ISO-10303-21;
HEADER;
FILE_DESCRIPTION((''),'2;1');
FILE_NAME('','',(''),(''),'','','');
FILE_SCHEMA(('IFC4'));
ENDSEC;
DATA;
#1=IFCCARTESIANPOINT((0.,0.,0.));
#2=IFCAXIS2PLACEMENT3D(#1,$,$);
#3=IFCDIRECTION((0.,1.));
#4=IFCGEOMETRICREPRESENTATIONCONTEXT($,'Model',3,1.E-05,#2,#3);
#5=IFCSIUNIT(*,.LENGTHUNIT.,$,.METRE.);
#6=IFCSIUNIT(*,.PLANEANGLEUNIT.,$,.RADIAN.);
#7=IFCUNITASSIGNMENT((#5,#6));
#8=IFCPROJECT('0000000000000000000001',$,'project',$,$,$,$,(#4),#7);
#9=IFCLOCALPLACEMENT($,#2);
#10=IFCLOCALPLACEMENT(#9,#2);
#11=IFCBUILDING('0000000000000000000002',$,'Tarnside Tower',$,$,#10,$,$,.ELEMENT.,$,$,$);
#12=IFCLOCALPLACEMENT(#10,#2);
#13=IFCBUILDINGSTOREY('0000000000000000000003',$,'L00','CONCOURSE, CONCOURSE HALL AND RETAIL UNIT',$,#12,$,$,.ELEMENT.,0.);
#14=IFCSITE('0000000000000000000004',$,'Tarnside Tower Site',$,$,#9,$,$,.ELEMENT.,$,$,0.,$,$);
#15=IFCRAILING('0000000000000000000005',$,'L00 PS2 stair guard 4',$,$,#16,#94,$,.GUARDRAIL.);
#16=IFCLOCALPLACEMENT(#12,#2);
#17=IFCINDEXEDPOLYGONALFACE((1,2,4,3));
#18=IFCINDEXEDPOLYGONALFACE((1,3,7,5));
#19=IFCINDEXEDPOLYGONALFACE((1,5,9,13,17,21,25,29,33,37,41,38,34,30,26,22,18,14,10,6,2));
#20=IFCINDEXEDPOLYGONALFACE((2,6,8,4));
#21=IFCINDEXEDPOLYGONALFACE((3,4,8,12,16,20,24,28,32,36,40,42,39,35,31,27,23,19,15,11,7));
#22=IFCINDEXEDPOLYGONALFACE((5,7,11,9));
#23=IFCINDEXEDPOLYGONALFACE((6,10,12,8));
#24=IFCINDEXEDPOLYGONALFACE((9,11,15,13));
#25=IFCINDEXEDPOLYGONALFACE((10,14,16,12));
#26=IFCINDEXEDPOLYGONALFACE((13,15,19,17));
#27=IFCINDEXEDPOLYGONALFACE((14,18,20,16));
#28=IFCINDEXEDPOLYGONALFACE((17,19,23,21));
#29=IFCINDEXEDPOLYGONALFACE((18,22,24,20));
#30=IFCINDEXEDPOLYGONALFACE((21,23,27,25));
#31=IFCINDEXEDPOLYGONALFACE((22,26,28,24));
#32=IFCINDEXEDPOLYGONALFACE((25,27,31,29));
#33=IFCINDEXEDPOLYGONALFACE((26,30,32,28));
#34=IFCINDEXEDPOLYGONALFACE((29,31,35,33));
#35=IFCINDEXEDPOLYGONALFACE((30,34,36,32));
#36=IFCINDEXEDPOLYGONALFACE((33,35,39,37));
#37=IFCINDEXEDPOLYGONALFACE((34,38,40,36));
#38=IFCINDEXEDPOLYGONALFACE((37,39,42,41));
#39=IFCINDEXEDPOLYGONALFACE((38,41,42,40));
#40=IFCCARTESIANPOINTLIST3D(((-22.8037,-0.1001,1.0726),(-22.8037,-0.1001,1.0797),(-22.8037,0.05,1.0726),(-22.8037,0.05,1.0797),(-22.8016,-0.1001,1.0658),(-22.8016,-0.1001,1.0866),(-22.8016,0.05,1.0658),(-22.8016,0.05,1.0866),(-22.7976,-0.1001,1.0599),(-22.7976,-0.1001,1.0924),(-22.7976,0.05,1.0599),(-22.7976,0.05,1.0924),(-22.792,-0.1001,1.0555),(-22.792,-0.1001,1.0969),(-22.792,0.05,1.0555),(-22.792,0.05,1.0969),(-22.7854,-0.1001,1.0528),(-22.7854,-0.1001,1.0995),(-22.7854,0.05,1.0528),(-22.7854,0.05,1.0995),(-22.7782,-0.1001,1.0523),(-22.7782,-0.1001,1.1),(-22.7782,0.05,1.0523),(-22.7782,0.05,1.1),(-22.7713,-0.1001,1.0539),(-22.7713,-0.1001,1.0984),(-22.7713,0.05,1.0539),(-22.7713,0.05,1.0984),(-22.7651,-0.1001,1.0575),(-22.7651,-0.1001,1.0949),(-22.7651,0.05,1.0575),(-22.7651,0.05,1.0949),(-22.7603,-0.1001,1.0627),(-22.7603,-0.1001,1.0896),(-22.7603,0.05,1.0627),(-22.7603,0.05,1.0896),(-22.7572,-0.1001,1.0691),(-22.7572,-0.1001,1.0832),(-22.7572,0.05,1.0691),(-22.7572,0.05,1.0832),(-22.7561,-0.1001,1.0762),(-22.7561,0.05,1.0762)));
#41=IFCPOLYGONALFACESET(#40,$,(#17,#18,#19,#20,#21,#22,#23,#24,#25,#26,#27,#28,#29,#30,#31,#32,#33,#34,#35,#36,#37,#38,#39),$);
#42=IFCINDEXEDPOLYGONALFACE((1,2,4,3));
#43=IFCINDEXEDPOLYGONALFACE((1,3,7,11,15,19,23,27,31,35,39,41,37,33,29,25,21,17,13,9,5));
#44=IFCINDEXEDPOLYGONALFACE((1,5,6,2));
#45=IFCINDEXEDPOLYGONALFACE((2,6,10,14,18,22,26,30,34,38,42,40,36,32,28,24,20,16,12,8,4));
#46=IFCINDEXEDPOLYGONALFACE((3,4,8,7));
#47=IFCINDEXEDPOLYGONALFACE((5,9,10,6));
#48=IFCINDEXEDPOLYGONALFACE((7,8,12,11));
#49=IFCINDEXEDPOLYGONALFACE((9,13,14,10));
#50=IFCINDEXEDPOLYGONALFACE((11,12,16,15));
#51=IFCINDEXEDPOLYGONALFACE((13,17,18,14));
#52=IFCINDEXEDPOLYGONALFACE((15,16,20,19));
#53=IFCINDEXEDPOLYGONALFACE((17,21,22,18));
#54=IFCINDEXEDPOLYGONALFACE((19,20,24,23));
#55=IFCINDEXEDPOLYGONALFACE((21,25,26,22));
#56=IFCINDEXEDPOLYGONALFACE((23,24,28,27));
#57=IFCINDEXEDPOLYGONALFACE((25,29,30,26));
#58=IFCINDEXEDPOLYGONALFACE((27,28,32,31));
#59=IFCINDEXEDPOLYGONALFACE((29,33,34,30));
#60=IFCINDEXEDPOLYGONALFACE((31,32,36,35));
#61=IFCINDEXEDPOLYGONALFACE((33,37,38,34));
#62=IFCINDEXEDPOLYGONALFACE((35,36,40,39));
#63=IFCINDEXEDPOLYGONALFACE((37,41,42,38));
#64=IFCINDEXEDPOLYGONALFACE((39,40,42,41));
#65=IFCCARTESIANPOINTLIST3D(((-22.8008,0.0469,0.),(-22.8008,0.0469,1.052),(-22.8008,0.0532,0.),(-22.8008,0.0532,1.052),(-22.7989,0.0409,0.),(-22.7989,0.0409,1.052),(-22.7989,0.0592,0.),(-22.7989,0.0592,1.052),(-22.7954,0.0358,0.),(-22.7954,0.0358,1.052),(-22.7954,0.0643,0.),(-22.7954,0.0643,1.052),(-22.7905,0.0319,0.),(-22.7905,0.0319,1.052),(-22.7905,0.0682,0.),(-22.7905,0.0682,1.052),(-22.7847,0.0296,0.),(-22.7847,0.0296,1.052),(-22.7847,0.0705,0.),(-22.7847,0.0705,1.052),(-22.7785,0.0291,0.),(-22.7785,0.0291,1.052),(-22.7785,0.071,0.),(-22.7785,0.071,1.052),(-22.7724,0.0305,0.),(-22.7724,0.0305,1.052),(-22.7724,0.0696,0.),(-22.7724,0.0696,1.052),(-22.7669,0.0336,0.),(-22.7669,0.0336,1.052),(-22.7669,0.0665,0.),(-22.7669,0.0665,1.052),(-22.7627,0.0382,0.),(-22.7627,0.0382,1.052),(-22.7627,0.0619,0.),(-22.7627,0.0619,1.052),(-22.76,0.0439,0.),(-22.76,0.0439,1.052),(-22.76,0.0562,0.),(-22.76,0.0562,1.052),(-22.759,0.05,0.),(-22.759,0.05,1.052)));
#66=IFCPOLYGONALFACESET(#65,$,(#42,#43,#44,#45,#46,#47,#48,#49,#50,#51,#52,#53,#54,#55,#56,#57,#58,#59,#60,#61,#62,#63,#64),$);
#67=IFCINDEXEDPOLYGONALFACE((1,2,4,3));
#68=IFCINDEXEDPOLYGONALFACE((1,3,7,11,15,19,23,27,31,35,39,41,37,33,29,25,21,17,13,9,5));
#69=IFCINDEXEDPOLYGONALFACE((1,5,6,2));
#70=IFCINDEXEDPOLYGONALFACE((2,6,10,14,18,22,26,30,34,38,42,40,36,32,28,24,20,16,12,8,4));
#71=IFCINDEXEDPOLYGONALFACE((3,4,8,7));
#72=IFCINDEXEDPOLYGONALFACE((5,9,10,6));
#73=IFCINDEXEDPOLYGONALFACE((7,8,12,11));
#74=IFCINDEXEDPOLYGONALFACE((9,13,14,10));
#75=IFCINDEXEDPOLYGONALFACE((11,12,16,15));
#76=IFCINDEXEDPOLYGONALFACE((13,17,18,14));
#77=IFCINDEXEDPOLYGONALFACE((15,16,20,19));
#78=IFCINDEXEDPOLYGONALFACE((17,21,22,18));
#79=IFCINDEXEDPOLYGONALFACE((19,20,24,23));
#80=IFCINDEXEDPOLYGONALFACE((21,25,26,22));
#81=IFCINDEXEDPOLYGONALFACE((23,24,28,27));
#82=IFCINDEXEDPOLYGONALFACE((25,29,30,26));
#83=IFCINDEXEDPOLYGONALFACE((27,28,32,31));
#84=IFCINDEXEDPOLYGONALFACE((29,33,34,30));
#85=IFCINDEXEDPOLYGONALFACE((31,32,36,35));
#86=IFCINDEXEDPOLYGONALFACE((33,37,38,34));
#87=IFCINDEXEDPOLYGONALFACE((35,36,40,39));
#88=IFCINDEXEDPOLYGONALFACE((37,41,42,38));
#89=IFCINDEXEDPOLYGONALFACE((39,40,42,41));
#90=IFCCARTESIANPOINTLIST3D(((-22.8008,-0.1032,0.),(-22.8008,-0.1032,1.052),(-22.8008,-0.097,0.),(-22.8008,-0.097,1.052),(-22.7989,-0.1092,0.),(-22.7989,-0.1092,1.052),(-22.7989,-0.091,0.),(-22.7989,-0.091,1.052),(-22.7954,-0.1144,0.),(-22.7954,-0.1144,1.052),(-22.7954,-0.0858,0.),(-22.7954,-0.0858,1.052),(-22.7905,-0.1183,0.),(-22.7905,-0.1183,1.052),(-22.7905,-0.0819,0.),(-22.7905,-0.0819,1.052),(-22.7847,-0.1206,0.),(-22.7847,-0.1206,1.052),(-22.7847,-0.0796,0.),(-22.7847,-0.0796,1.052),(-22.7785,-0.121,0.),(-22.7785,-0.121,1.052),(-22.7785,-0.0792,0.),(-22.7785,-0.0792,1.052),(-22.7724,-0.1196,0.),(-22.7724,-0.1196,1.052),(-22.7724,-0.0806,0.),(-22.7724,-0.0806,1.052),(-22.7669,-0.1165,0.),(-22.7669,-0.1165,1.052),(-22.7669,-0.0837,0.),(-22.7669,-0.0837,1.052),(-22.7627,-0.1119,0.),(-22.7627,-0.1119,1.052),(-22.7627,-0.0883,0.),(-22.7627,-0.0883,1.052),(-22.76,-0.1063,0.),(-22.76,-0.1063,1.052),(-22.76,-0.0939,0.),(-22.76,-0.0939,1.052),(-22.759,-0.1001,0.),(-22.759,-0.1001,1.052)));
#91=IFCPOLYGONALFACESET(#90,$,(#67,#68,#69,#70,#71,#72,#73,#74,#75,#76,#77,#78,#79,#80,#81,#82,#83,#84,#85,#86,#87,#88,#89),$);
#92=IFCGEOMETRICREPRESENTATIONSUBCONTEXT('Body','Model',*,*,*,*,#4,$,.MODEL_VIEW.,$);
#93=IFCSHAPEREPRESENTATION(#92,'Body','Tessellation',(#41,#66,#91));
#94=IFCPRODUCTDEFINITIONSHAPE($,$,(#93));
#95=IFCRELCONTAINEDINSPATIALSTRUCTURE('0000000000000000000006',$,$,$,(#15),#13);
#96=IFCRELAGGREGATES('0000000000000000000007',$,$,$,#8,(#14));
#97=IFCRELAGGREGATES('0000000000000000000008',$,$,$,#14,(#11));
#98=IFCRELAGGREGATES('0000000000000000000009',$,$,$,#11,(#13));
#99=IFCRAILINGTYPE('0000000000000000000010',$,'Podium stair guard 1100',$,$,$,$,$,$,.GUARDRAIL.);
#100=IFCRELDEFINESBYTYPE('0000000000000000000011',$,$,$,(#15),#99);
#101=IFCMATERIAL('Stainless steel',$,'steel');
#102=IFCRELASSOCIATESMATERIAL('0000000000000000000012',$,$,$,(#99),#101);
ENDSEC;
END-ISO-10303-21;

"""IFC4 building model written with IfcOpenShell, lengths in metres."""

from ifc_helpers import new_model, si_unit, direction, frame, origin, origin_2d, place, context, subcontext, project, spatial, circle, extrude, material, type_object, element, save


model = new_model("IFC4")

# Units and contexts
model_context = context("Model", 3, precision=1e-05, world=origin(), true_north=direction((0.0, 1.0)))
body_context = subcontext(model_context, "Body", "Model", "MODEL_VIEW")
ifc_project = project(units=[si_unit("LENGTHUNIT", "METRE"), si_unit("PLANEANGLEUNIT", "RADIAN")], contexts=[model_context])

# Site, building, storey
site_placement = place(None, origin())
site = spatial("IfcSite", under=ifc_project, at=site_placement, Name="Tarnside Tower Site", CompositionType="ELEMENT", RefElevation=0.0)
building_placement = place(site_placement, origin())
building = spatial("IfcBuilding", under=site, at=building_placement, Name="Tarnside Tower", CompositionType="ELEMENT")
storey_placement = place(building_placement, origin())
storey = spatial("IfcBuildingStorey", under=building, at=storey_placement, Name="L00", Description="CONCOURSE, CONCOURSE HALL AND RETAIL UNIT", CompositionType="ELEMENT", Elevation=0.0)

# Railing
ifc_material_1 = material(Name="Stainless steel", Category="steel")
railing_type = type_object("IfcRailingType", Name="Podium stair guard 1100", PredefinedType="GUARDRAIL", material=ifc_material_1)
railing_placement = place(storey_placement, frame((-22.78, 0.05, 0.0)))
element("IfcRailing", 1, at=railing_placement, inside=storey, type_object=railing_type, Name="L00 PS2 stair guard 4", PredefinedType="GUARDRAIL", context=body_context, shape_type="SweptSolid", body=[
    extrude(circle(Radius=0.0239, at=origin_2d()), frame((0.0, 0.0, 1.0762), z_axis=(0.0, -1.0, 0.0), x_axis=(1.0, 0.0, 0.0)), (0.0, 0.0, 1.0), 0.1501),
    extrude(circle(Radius=0.021, at=origin_2d()), origin(), (0.0, 0.0, 1.0), 1.052),
    extrude(circle(Radius=0.021, at=origin_2d()), frame((0.0, -0.1501, 0.0)), (0.0, 0.0, 1.0), 1.052),
])

save(model, "model.ifc")
